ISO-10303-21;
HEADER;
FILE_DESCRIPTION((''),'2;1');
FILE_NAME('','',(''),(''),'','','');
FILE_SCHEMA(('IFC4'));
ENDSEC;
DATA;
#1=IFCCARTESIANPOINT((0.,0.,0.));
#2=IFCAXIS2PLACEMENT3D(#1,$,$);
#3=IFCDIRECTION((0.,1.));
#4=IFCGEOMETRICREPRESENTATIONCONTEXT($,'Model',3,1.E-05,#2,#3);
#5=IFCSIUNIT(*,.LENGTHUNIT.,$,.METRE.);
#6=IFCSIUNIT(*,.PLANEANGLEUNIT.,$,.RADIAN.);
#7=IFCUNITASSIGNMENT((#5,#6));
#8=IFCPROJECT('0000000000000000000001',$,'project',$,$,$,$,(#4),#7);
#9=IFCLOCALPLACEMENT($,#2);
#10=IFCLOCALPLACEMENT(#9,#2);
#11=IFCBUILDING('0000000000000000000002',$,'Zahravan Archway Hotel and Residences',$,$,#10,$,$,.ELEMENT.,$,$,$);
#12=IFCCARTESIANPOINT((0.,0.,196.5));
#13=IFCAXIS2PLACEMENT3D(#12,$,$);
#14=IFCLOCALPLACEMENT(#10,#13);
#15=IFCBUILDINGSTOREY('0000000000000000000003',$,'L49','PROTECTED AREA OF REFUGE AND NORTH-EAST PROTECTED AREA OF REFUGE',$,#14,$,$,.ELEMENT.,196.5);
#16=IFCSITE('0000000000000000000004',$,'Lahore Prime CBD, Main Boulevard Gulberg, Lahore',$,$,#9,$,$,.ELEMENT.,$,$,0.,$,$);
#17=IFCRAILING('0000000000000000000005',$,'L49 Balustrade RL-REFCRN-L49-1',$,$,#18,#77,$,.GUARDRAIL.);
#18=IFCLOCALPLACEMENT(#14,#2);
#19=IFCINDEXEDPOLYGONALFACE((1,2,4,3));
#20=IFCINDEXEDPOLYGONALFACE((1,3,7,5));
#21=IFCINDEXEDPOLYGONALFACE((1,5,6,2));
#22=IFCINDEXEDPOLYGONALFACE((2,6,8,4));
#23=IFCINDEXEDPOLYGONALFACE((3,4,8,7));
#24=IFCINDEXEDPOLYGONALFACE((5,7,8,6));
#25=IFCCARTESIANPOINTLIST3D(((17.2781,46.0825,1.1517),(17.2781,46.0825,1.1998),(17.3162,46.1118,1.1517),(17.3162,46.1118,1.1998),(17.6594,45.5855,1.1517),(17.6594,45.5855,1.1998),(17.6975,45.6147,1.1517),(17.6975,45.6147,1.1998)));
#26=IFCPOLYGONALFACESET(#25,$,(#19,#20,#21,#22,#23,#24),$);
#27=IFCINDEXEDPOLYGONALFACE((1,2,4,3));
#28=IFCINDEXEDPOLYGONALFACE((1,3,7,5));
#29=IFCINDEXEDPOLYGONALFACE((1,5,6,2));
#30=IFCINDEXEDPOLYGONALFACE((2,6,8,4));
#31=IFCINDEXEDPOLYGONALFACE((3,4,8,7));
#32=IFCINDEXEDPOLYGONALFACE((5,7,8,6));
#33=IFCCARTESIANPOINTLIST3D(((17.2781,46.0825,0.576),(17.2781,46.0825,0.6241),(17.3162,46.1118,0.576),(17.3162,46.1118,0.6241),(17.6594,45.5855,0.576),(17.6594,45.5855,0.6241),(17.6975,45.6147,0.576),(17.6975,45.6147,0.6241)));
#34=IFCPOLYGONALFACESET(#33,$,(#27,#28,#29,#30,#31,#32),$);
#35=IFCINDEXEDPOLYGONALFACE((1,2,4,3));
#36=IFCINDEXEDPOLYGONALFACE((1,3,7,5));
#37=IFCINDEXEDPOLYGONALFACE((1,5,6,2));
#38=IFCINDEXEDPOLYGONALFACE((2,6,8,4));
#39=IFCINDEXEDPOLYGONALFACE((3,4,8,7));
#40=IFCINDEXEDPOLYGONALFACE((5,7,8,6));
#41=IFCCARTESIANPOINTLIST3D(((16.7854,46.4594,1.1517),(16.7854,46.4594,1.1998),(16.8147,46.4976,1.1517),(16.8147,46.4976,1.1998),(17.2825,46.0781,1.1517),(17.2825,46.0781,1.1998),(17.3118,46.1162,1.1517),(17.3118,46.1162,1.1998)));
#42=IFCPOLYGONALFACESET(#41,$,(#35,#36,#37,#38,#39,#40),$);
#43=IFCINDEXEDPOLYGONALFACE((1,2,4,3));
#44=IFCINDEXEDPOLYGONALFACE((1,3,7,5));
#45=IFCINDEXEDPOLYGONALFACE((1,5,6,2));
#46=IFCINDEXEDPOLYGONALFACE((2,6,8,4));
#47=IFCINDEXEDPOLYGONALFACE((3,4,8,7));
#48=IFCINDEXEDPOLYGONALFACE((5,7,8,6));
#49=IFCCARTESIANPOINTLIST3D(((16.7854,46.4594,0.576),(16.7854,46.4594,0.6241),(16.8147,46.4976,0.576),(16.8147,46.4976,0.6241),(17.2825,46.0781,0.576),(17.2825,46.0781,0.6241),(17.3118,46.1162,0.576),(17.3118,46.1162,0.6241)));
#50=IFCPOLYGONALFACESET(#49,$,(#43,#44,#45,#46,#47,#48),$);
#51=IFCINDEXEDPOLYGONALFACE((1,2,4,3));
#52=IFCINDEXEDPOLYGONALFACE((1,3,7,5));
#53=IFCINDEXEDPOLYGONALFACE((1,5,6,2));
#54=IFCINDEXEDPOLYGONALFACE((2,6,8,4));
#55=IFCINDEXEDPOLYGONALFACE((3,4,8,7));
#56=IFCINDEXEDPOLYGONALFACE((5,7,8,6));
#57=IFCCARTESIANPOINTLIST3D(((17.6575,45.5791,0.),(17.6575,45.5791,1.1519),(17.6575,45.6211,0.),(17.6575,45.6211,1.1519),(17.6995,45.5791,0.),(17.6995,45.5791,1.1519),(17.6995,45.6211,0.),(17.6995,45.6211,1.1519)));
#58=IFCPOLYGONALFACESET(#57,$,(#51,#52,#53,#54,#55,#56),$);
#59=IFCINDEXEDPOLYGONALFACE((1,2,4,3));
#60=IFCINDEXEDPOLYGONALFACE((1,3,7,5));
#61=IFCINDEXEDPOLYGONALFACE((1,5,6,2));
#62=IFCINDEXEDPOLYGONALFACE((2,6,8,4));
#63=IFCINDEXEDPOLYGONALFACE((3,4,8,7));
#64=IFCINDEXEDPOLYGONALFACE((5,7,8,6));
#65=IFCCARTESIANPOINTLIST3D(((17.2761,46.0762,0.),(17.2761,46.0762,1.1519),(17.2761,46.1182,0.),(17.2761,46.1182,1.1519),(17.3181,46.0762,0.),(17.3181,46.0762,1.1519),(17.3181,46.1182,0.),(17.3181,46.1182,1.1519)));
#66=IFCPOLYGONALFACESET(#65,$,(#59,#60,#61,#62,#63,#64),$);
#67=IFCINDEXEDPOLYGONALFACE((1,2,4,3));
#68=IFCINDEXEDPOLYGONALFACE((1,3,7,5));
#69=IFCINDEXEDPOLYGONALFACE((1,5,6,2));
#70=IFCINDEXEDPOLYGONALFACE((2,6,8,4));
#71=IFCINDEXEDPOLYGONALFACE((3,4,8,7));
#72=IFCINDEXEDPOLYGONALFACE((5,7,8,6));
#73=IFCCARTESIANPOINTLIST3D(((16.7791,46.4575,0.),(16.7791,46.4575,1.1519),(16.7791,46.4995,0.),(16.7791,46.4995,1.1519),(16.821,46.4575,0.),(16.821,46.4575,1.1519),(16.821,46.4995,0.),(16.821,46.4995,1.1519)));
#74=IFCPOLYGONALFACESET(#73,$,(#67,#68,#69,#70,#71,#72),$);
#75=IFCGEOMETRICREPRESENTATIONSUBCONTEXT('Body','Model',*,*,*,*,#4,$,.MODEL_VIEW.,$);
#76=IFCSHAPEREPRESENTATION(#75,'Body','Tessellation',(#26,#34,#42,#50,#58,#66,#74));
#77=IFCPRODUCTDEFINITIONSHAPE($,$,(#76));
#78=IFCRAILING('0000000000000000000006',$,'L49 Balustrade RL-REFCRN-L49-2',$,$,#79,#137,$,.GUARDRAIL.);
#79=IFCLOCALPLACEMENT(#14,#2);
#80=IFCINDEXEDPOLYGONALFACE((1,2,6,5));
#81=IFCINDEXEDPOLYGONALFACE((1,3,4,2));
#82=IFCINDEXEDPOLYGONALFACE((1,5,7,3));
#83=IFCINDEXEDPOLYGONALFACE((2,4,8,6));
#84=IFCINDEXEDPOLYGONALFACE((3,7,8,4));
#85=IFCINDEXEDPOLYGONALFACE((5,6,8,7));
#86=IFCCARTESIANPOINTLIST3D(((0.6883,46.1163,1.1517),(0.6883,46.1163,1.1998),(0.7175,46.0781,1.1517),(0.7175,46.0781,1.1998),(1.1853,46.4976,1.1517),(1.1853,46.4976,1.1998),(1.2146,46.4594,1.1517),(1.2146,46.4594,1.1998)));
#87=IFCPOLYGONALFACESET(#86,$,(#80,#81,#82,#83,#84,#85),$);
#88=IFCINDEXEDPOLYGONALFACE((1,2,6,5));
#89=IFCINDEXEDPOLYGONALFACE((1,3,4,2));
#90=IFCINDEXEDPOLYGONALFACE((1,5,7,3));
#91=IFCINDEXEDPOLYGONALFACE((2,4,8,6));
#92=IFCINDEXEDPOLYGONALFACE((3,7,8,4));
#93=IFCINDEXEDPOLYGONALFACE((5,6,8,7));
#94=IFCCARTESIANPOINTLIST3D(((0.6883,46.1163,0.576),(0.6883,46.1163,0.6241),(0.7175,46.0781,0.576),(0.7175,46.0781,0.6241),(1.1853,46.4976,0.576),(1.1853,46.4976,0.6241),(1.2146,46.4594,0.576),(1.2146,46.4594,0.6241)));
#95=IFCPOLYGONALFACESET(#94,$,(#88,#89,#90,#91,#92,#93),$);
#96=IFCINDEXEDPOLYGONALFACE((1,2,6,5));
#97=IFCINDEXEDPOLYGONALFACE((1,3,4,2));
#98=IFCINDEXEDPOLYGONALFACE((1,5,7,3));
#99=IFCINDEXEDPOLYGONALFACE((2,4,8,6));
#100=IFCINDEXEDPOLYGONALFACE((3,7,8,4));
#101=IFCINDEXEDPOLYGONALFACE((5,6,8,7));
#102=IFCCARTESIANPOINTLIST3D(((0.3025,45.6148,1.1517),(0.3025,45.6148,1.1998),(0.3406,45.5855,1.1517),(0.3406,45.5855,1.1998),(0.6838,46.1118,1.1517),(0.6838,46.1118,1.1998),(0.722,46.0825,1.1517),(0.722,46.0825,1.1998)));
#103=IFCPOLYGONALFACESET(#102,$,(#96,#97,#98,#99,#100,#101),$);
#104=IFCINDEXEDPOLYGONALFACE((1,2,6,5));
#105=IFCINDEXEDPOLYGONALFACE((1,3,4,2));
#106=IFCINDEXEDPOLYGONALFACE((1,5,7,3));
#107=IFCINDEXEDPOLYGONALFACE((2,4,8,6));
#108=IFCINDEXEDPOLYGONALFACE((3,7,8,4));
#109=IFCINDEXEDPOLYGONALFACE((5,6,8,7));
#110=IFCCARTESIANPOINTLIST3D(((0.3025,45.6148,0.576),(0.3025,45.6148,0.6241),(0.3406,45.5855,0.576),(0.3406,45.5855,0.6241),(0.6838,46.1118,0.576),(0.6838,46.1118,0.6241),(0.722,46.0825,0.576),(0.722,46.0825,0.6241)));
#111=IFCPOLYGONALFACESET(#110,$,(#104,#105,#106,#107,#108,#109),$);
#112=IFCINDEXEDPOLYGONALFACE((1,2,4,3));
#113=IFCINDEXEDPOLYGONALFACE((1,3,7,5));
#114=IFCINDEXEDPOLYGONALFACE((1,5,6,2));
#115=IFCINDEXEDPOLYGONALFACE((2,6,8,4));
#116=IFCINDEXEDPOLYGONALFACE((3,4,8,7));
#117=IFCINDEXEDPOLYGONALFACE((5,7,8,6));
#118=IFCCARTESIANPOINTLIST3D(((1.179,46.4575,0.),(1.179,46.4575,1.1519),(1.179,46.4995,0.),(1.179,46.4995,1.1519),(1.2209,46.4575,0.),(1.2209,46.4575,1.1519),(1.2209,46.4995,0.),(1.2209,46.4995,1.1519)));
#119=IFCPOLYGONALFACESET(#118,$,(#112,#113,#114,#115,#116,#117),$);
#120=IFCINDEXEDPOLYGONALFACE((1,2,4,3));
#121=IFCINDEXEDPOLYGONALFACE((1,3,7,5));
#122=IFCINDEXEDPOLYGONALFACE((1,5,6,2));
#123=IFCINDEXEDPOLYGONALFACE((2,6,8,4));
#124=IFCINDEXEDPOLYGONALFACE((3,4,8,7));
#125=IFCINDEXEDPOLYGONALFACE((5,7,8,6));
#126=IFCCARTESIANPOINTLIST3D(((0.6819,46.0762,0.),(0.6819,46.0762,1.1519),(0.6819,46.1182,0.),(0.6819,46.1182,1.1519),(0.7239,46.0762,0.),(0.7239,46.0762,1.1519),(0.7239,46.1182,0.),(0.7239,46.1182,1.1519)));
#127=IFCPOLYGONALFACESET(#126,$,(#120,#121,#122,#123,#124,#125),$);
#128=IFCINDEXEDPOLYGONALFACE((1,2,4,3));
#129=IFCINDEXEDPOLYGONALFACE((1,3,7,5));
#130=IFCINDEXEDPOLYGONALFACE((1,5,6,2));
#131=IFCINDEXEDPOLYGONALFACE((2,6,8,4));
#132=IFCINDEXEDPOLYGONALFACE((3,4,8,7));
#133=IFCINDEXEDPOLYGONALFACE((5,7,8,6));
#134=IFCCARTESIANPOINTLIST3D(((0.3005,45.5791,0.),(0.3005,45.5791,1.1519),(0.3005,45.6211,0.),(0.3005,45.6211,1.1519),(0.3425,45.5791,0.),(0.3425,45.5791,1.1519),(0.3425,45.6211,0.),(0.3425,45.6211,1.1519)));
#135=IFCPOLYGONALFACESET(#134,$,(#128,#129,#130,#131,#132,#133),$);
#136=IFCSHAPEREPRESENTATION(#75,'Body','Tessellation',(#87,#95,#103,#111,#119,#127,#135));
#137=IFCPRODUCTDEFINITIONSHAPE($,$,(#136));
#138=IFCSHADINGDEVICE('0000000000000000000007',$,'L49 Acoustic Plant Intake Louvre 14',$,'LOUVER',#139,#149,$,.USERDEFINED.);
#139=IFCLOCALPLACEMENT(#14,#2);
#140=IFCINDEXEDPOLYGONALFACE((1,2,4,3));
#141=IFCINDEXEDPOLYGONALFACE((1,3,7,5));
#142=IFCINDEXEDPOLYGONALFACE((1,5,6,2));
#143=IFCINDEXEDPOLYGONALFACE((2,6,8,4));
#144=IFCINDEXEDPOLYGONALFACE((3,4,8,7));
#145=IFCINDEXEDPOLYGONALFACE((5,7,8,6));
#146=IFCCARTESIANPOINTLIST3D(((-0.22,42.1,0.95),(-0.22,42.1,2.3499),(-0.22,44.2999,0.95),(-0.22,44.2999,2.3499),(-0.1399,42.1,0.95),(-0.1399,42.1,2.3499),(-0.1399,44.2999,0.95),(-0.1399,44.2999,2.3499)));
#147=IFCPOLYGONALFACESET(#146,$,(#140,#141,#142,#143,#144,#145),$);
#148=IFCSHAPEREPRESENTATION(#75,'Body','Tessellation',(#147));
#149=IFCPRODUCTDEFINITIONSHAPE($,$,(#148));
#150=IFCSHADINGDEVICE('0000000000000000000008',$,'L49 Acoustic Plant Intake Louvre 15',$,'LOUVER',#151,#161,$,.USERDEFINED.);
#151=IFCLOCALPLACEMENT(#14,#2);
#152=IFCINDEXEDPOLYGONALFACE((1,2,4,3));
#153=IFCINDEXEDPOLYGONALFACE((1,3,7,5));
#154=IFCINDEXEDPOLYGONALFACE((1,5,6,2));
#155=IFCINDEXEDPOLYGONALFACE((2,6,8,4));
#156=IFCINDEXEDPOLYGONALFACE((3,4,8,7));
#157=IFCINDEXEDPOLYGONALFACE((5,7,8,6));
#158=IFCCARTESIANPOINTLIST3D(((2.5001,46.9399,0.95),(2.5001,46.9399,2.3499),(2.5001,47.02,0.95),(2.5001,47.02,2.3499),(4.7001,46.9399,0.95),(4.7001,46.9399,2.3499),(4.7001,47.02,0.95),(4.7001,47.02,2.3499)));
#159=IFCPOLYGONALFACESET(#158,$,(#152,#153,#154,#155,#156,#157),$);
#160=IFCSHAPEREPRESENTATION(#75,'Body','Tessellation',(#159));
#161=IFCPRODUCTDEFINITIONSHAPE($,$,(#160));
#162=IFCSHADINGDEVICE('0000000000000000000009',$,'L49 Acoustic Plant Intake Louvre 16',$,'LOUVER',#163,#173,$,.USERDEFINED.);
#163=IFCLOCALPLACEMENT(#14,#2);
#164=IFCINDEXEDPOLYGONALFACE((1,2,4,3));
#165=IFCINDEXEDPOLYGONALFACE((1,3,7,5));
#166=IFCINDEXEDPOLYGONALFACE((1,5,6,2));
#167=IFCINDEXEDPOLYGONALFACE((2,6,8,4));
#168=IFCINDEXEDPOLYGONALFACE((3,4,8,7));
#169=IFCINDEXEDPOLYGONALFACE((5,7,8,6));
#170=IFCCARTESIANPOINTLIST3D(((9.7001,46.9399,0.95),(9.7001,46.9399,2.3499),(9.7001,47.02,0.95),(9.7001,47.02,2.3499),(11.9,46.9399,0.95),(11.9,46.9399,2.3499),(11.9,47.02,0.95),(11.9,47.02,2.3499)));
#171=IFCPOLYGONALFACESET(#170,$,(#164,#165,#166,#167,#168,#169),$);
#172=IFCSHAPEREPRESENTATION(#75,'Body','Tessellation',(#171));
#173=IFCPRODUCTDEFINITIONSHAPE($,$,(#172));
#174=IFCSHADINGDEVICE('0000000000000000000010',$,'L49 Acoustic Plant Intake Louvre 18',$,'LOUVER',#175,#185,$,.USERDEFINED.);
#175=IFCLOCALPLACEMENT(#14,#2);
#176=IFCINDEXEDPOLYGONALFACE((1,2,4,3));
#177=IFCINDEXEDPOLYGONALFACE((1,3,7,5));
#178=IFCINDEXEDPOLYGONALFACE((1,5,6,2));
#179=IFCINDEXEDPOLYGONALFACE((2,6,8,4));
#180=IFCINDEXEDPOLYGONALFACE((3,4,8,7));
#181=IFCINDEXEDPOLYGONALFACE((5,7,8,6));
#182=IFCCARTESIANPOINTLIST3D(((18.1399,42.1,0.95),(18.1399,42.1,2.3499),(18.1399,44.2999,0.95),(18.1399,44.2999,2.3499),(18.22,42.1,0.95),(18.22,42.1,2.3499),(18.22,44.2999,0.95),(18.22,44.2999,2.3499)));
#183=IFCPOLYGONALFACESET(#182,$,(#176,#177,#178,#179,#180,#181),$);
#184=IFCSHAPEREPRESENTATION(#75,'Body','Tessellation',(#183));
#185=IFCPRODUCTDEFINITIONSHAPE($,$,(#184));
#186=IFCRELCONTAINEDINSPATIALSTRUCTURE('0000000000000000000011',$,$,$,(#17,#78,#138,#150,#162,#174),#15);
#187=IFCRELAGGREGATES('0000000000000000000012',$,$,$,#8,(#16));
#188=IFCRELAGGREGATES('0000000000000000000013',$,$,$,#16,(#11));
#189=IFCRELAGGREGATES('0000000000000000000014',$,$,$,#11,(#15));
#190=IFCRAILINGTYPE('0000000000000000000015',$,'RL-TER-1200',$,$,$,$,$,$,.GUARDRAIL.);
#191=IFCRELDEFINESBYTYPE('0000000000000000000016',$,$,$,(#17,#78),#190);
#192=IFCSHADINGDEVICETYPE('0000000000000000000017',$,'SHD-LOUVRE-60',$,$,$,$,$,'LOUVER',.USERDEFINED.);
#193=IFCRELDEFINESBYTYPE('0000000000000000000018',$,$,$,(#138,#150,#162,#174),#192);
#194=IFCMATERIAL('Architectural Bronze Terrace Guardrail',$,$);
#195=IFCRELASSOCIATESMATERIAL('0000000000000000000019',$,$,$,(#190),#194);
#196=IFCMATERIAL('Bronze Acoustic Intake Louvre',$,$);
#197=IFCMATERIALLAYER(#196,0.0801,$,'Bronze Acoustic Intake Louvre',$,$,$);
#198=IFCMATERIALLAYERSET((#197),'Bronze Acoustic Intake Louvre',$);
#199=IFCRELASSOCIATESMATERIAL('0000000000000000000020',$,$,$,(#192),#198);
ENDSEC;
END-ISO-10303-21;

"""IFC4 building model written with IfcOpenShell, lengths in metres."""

from ifc_helpers import new_model, si_unit, direction, frame, origin, origin_2d, place, context, subcontext, project, spatial, rectangle, extrude, source, transform, mapped, material, layer, layer_set, type_object, type_shapes, element, save


model = new_model("IFC4")

# Units and contexts
model_context = context("Model", 3, precision=1e-05, world=origin(), true_north=direction((0.0, 1.0)))
body_context = subcontext(model_context, "Body", "Model", "MODEL_VIEW")
ifc_project = project(units=[si_unit("LENGTHUNIT", "METRE"), si_unit("PLANEANGLEUNIT", "RADIAN")], contexts=[model_context])

# Site, building, storey
site_placement = place(None, origin())
site = spatial("IfcSite", under=ifc_project, at=site_placement, Name="Lahore Prime CBD, Main Boulevard Gulberg, Lahore", CompositionType="ELEMENT", RefElevation=0.0)
building_placement = place(site_placement, origin())
building = spatial("IfcBuilding", under=site, at=building_placement, Name="Zahravan Archway Hotel and Residences", CompositionType="ELEMENT")
storey_placement = place(building_placement, frame((0.0, 0.0, 196.5)))
storey = spatial("IfcBuildingStorey", under=building, at=storey_placement, Name="L49", Description="PROTECTED AREA OF REFUGE AND NORTH-EAST PROTECTED AREA OF REFUGE", CompositionType="ELEMENT", Elevation=196.5)

# Railings
ifc_material_1 = material(Name="Architectural Bronze Terrace Guardrail")
railing_type_1 = type_object("IfcRailingType", Name="RL-TER-1200", PredefinedType="GUARDRAIL", material=ifc_material_1)
railing_1_placement = place(storey_placement, frame((17.6785, 45.6001, 0.0)))
element("IfcRailing", 1, at=railing_1_placement, inside=storey, type_object=railing_type_1, Name="L49 Balustrade RL-REFCRN-L49-1", PredefinedType="GUARDRAIL", context=body_context, shape_type="SweptSolid", body=[
    extrude(rectangle(XDim=0.0481, YDim=0.0481, at=origin_2d()), frame((0.0, 0.0, 1.1758), z_axis=(-0.608693, 0.793406, 0.0), x_axis=(-0.793406, -0.608693, 0.0)), (0.0, 0.0, 1.0), 0.6265),
    extrude(rectangle(XDim=0.0481, YDim=0.0481, at=origin_2d()), frame((0.0, 0.0, 0.6001), z_axis=(-0.608693, 0.793406, 0.0), x_axis=(-0.793406, -0.608693, 0.0)), (0.0, 0.0, 1.0), 0.6265),
    extrude(rectangle(XDim=0.0481, YDim=0.0481, at=origin_2d()), frame((-0.3813, 0.4971, 1.1758), z_axis=(-0.793406, 0.608693, 0.0), x_axis=(-0.608693, -0.793406, 0.0)), (0.0, 0.0, 1.0), 0.6265),
    extrude(rectangle(XDim=0.0481, YDim=0.0481, at=origin_2d()), frame((-0.3813, 0.4971, 0.6001), z_axis=(-0.793406, 0.608693, 0.0), x_axis=(-0.608693, -0.793406, 0.0)), (0.0, 0.0, 1.0), 0.6265),
    extrude(rectangle(XDim=0.042, YDim=0.042, at=origin_2d()), origin(), (0.0, 0.0, 1.0), 1.1519),
    extrude(rectangle(XDim=0.042, YDim=0.042, at=origin_2d()), frame((-0.3813, 0.4971, 0.0)), (0.0, 0.0, 1.0), 1.1519),
    extrude(rectangle(XDim=0.042, YDim=0.042, at=origin_2d()), frame((-0.8784, 0.8784, 0.0)), (0.0, 0.0, 1.0), 1.1519),
])
railing_2_placement = place(storey_placement, frame((1.2, 46.4785, 0.0)))
element("IfcRailing", 2, at=railing_2_placement, inside=storey, type_object=railing_type_1, Name="L49 Balustrade RL-REFCRN-L49-2", PredefinedType="GUARDRAIL", context=body_context, shape_type="SweptSolid", body=[
    extrude(rectangle(XDim=0.0481, YDim=0.0481, at=origin_2d()), frame((0.0, 0.0, 1.1758), z_axis=(-0.793406, -0.608693, 0.0), x_axis=(0.608693, -0.793406, 0.0)), (0.0, 0.0, 1.0), 0.6265),
    extrude(rectangle(XDim=0.0481, YDim=0.0481, at=origin_2d()), frame((0.0, 0.0, 0.6001), z_axis=(-0.793406, -0.608693, 0.0), x_axis=(0.608693, -0.793406, 0.0)), (0.0, 0.0, 1.0), 0.6265),
    extrude(rectangle(XDim=0.0481, YDim=0.0481, at=origin_2d()), frame((-0.4971, -0.3813, 1.1758), z_axis=(-0.608693, -0.793406, 0.0), x_axis=(0.793406, -0.608693, 0.0)), (0.0, 0.0, 1.0), 0.6265),
    extrude(rectangle(XDim=0.0481, YDim=0.0481, at=origin_2d()), frame((-0.4971, -0.3813, 0.6001), z_axis=(-0.608693, -0.793406, 0.0), x_axis=(0.793406, -0.608693, 0.0)), (0.0, 0.0, 1.0), 0.6265),
    extrude(rectangle(XDim=0.042, YDim=0.042, at=origin_2d()), origin(), (0.0, 0.0, 1.0), 1.1519),
    extrude(rectangle(XDim=0.042, YDim=0.042, at=origin_2d()), frame((-0.4971, -0.3813, 0.0)), (0.0, 0.0, 1.0), 1.1519),
    extrude(rectangle(XDim=0.042, YDim=0.042, at=origin_2d()), frame((-0.8784, -0.8784, 0.0)), (0.0, 0.0, 1.0), 1.1519),
])

# Shading devices
ifc_material_2 = material(Name="Bronze Acoustic Intake Louvre")
ifc_layer_1 = layer(ifc_material_2, 0.0801, Name="Bronze Acoustic Intake Louvre")
ifc_layer_set_1 = layer_set([ifc_layer_1], Name="Bronze Acoustic Intake Louvre")
shading_device_type = type_object("IfcShadingDeviceType", Name="SHD-LOUVRE-60", ElementType="LOUVER", PredefinedType="USERDEFINED", material=ifc_layer_set_1)
shared_shape_1 = source(origin(), body_context, "Body", "SweptSolid", [
    extrude(rectangle(XDim=2.2, YDim=0.0801, at=origin_2d()), origin(), (0.0, 0.0, 1.0), 1.3999),
])
type_shapes(shading_device_type, [shared_shape_1])
for number, where, z_axis, x_axis, name in (
    (3, (-0.1799, 43.2, 0.95), (0.0, 0.0, 1.0), (0.0, 1.0, 0.0), "L49 Acoustic Plant Intake Louvre 14"),
    (4, (3.6001, 46.98, 0.95), (0.0, 0.0, 1.0), (1.0, 0.0, 0.0), "L49 Acoustic Plant Intake Louvre 15"),
    (5, (10.8, 46.98, 0.95), (0.0, 0.0, 1.0), (1.0, 0.0, 0.0), "L49 Acoustic Plant Intake Louvre 16"),
    (6, (18.1799, 43.2, 0.95), (0.0, 0.0, 1.0), (0.0, 1.0, 0.0), "L49 Acoustic Plant Intake Louvre 18"),
):
    element("IfcShadingDevice", number, at=place(storey_placement, frame(where, z_axis=z_axis, x_axis=x_axis)), inside=storey, type_object=shading_device_type, Name=name, ObjectType="LOUVER", PredefinedType="USERDEFINED", context=body_context, shape_type="MappedRepresentation", body=[
        mapped(shared_shape_1, transform((0.0, 0.0, 0.0), scale=1.0)),
    ])

save(model, "model.ifc")
